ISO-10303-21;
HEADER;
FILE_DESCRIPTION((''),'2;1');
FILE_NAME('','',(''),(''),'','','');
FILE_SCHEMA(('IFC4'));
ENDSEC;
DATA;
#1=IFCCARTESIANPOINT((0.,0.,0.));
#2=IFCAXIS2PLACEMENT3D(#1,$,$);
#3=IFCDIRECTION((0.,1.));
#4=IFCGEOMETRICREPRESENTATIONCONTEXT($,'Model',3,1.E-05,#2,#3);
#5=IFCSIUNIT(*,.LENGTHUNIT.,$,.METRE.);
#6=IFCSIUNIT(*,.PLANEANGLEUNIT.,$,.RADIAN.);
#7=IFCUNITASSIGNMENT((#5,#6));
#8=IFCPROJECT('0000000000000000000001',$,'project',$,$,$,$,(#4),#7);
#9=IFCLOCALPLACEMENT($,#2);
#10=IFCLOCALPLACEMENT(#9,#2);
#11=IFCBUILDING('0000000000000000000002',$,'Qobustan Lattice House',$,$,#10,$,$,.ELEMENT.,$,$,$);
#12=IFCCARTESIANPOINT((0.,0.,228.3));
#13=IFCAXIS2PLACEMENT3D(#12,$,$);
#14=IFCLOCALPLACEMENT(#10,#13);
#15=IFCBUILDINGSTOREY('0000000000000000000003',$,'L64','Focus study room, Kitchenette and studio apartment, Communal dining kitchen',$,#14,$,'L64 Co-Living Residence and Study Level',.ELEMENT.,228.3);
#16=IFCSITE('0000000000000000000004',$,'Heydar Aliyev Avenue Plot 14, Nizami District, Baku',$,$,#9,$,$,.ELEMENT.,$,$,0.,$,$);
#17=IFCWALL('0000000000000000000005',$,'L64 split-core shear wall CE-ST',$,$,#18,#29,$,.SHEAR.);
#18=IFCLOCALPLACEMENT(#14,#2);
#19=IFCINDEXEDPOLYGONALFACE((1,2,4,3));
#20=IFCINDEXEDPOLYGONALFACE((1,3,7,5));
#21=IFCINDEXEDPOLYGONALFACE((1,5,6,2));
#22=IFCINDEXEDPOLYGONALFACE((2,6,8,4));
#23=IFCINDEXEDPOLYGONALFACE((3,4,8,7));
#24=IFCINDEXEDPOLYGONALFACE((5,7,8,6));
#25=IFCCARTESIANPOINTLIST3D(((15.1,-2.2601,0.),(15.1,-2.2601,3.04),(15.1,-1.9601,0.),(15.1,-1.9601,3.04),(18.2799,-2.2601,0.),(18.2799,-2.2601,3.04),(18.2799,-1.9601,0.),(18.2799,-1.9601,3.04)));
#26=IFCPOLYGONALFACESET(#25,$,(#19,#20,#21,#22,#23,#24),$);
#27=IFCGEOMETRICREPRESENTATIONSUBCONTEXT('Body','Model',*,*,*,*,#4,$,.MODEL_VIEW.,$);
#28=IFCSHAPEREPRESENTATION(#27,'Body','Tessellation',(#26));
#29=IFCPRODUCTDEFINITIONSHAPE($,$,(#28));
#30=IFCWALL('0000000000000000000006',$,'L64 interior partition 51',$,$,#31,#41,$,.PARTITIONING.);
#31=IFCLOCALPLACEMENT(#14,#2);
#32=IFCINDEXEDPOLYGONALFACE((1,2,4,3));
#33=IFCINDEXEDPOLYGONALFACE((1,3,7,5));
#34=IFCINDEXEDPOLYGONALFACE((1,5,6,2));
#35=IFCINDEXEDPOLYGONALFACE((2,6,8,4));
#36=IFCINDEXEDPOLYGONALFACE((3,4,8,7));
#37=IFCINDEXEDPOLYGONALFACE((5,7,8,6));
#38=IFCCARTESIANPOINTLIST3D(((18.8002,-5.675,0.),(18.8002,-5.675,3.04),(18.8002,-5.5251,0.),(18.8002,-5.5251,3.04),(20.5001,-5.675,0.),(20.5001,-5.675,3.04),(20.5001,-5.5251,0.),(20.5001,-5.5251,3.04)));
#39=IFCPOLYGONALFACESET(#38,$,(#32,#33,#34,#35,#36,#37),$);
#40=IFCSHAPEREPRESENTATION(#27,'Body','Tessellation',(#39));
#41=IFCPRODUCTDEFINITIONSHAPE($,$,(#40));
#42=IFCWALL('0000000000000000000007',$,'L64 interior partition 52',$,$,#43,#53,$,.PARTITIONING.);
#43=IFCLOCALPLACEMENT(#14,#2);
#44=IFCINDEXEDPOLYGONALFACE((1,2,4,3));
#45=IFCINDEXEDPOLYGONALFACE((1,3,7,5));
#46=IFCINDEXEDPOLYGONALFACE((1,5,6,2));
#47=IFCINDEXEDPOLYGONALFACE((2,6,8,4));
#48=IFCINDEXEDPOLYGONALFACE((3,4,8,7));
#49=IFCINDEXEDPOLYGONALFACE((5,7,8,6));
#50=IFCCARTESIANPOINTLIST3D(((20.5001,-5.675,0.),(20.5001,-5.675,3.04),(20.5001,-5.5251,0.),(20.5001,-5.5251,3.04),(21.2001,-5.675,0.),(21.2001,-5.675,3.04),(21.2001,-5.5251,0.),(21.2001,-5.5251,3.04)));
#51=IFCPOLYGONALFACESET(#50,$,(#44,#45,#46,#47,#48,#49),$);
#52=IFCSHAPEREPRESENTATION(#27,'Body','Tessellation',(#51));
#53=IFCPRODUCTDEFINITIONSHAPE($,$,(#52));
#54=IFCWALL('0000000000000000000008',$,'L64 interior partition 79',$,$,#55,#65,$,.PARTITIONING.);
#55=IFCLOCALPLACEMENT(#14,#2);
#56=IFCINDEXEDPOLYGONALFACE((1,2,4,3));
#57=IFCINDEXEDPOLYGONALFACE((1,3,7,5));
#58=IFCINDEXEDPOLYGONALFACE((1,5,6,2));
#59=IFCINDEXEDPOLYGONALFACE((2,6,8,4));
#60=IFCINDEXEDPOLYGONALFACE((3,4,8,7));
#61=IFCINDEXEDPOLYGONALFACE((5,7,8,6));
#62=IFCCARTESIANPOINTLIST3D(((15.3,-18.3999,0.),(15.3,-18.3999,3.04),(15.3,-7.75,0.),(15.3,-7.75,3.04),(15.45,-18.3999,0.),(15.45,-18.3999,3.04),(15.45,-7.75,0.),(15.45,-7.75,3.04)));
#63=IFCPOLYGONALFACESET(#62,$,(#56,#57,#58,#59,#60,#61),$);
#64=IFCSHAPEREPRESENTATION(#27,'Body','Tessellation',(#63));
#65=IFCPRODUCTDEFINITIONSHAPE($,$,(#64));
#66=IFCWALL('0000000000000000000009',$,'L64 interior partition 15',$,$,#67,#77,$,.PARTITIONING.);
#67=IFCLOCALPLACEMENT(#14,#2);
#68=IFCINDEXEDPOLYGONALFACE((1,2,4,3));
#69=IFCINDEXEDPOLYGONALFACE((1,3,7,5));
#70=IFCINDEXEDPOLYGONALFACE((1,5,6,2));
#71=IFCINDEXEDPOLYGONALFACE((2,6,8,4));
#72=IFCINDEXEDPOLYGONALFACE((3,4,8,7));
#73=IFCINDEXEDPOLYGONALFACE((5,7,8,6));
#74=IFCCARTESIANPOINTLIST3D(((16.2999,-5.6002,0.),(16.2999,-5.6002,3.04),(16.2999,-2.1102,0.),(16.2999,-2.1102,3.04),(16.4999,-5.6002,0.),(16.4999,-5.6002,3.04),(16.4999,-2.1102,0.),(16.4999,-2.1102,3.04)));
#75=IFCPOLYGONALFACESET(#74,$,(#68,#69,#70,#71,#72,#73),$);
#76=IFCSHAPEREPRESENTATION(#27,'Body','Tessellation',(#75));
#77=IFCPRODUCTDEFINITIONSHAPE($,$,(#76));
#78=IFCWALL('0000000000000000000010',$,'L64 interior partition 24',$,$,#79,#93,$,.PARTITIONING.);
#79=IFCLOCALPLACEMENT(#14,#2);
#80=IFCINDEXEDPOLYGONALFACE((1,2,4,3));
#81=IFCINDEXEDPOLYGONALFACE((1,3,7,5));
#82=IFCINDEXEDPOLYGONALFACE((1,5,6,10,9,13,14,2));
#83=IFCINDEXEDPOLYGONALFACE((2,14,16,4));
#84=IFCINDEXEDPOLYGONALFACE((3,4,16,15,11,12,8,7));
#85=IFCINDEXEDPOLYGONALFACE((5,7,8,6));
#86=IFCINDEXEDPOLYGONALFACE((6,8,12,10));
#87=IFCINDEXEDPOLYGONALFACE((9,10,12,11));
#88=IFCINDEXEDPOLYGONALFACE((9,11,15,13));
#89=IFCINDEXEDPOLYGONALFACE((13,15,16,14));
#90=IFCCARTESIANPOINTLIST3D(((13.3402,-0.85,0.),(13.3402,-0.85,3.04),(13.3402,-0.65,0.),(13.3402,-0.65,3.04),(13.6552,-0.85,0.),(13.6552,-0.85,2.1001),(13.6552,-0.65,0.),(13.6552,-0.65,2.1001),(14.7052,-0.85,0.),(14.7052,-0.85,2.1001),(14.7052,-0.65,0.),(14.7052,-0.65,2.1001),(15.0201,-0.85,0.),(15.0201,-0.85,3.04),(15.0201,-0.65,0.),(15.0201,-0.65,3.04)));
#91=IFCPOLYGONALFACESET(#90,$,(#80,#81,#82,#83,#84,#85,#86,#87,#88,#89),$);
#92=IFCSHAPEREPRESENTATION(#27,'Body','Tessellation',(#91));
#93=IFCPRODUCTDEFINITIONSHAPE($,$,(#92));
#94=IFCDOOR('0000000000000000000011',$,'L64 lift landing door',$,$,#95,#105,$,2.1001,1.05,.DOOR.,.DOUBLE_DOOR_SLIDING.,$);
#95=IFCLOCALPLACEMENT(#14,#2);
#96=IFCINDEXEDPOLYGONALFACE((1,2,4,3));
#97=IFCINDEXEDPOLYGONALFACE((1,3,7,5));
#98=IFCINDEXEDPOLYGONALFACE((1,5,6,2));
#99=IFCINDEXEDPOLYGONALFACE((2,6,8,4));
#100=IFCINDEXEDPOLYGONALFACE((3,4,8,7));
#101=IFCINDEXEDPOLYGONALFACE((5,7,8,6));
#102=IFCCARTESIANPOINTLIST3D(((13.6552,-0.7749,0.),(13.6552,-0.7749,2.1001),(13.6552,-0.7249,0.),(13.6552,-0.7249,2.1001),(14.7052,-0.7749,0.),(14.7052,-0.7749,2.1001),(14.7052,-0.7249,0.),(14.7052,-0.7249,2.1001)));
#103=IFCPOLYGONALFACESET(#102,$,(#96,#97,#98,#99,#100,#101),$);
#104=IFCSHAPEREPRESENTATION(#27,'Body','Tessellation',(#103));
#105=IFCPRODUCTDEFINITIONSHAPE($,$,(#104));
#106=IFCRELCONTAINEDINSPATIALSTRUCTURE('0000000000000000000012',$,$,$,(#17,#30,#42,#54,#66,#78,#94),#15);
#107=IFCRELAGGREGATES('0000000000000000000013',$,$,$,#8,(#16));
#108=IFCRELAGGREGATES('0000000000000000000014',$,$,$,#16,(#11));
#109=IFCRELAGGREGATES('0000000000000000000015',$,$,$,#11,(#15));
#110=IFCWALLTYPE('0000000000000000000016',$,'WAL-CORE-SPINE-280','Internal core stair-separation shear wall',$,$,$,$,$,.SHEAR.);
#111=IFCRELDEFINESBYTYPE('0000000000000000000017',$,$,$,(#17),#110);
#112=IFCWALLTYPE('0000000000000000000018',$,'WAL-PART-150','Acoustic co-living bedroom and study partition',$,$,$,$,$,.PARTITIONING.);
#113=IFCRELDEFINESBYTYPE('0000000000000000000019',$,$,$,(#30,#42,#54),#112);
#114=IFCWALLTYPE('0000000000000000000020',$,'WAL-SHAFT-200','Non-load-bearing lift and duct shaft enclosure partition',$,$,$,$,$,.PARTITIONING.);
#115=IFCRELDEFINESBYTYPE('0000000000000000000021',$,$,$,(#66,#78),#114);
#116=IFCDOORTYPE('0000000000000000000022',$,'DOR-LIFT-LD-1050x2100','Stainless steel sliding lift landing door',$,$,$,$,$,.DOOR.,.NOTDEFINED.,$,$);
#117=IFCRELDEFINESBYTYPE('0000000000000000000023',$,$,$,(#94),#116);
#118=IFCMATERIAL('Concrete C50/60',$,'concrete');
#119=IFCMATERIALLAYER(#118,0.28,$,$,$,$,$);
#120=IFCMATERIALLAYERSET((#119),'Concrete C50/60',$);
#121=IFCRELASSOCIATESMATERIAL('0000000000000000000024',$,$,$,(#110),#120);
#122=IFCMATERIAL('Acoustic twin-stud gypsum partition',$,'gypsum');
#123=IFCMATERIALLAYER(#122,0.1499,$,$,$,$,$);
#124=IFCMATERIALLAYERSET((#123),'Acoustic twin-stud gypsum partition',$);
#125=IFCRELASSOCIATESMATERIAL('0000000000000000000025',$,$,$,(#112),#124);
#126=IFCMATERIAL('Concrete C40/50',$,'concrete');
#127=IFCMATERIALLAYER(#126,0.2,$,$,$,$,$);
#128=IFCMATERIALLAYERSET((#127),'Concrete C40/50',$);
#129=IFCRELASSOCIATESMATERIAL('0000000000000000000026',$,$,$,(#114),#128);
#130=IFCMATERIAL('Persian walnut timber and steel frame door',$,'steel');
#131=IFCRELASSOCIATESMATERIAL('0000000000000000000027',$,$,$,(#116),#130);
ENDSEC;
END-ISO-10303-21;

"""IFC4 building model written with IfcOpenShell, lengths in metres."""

from ifc_helpers import new_model, si_unit, direction, frame, frame_2d, origin, place, context, subcontext, project, spatial, rectangle, extrude, material, layer, layer_set, type_object, element, fill, save


model = new_model("IFC4")

# Units and contexts
model_context = context("Model", 3, precision=1e-05, world=origin(), true_north=direction((0.0, 1.0)))
body_context = subcontext(model_context, "Body", "Model", "MODEL_VIEW")
ifc_project = project(units=[si_unit("LENGTHUNIT", "METRE"), si_unit("PLANEANGLEUNIT", "RADIAN")], contexts=[model_context])

# Site, building, storey
site_placement = place(None, origin())
site = spatial("IfcSite", under=ifc_project, at=site_placement, Name="Heydar Aliyev Avenue Plot 14, Nizami District, Baku", CompositionType="ELEMENT", RefElevation=0.0)
building_placement = place(site_placement, origin())
building = spatial("IfcBuilding", under=site, at=building_placement, Name="Qobustan Lattice House", CompositionType="ELEMENT")
storey_placement = place(building_placement, frame((0.0, 0.0, 228.3)))
storey = spatial("IfcBuildingStorey", under=building, at=storey_placement, Name="L64", Description="Focus study room, Kitchenette and studio apartment, Communal dining kitchen", LongName="L64 Co-Living Residence and Study Level", CompositionType="ELEMENT", Elevation=228.3)

# Walls
ifc_material_1 = material(Name="Concrete C50/60", Category="concrete")
ifc_layer_1 = layer(ifc_material_1, 0.28)
ifc_layer_set_1 = layer_set([ifc_layer_1], Name="Concrete C50/60")
wall_type_1 = type_object("IfcWallType", Name="WAL-CORE-SPINE-280", Description="Internal core stair-separation shear wall", PredefinedType="SHEAR", material=ifc_layer_set_1)
wall_1_placement = place(storey_placement, frame((15.1001, -2.1101, 0.0), z_axis=(0.0, 0.0, 1.0), x_axis=(1.0, 0.0, 0.0)))
element("IfcWall", 1, at=wall_1_placement, inside=storey, type_object=wall_type_1, Name="L64 split-core shear wall CE-ST", PredefinedType="SHEAR", context=body_context, shape_type="SweptSolid", body=[
    extrude(rectangle(XDim=3.1799, YDim=0.3, at=frame_2d((1.5898, 0.0))), origin(), (0.0, 0.0, 1.0), 3.04),
])
ifc_material_2 = material(Name="Acoustic twin-stud gypsum partition", Category="gypsum")
ifc_layer_2 = layer(ifc_material_2, 0.1499)
ifc_layer_set_2 = layer_set([ifc_layer_2], Name="Acoustic twin-stud gypsum partition")
wall_type_2 = type_object("IfcWallType", Name="WAL-PART-150", Description="Acoustic co-living bedroom and study partition", PredefinedType="PARTITIONING", material=ifc_layer_set_2)
wall_2_placement = place(storey_placement, frame((18.8, -5.6001, 0.0), z_axis=(0.0, 0.0, 1.0), x_axis=(1.0, 0.0, 0.0)))
element("IfcWall", 2, at=wall_2_placement, inside=storey, type_object=wall_type_2, Name="L64 interior partition 51", PredefinedType="PARTITIONING", context=body_context, shape_type="SweptSolid", body=[
    extrude(rectangle(XDim=1.7, YDim=0.1499, at=frame_2d((0.8501, 0.0))), origin(), (0.0, 0.0, 1.0), 3.04),
])
wall_3_placement = place(storey_placement, frame((20.5, -5.6001, 0.0), z_axis=(0.0, 0.0, 1.0), x_axis=(1.0, 0.0, 0.0)))
element("IfcWall", 3, at=wall_3_placement, inside=storey, type_object=wall_type_2, Name="L64 interior partition 52", PredefinedType="PARTITIONING", context=body_context, shape_type="SweptSolid", body=[
    extrude(rectangle(XDim=0.7, YDim=0.1499, at=frame_2d((0.3501, 0.0))), origin(), (0.0, 0.0, 1.0), 3.04),
])

# Walls
wall_4_placement = place(storey_placement, frame((15.375, -7.75, 0.0), z_axis=(0.0, 0.0, 1.0), x_axis=(0.0, -1.0, 0.0)))
element("IfcWall", 4, at=wall_4_placement, inside=storey, type_object=wall_type_2, Name="L64 interior partition 79", PredefinedType="PARTITIONING", context=body_context, shape_type="SweptSolid", body=[
    extrude(rectangle(XDim=10.6499, YDim=0.1499, at=frame_2d((5.325, 0.0))), origin(), (0.0, 0.0, 1.0), 3.04),
])
ifc_material_3 = material(Name="Concrete C40/50", Category="concrete")
ifc_layer_3 = layer(ifc_material_3, 0.2)
ifc_layer_set_3 = layer_set([ifc_layer_3], Name="Concrete C40/50")
wall_type_3 = type_object("IfcWallType", Name="WAL-SHAFT-200", Description="Non-load-bearing lift and duct shaft enclosure partition", PredefinedType="PARTITIONING", material=ifc_layer_set_3)
wall_5_placement = place(storey_placement, frame((16.3999, -2.1101, 0.0), z_axis=(0.0, 0.0, 1.0), x_axis=(0.0, -1.0, 0.0)))
element("IfcWall", 5, at=wall_5_placement, inside=storey, type_object=wall_type_3, Name="L64 interior partition 15", PredefinedType="PARTITIONING", context=body_context, shape_type="SweptSolid", body=[
    extrude(rectangle(XDim=3.49, YDim=0.2, at=frame_2d((1.7451, 0.0))), origin(), (0.0, 0.0, 1.0), 3.04),
])

# Wall, opening, door
wall_6_placement = place(storey_placement, frame((15.02, -0.75, 0.0), z_axis=(0.0, 0.0, 1.0), x_axis=(-1.0, 0.0, 0.0)))
wall_6 = element("IfcWall", 6, at=wall_6_placement, inside=storey, type_object=wall_type_3, Name="L64 interior partition 24", PredefinedType="PARTITIONING", context=body_context, shape_type="SweptSolid", body=[
    extrude(rectangle(XDim=1.6799, YDim=0.2, at=frame_2d((0.8398, 0.0))), origin(), (0.0, 0.0, 1.0), 3.04),
])
opening_1_placement = place(wall_6_placement, frame((0.3149, 0.0, 0.0)))
opening_1 = element("IfcOpeningElement", 7, at=opening_1_placement, cuts=wall_6, PredefinedType="OPENING", context=body_context, shape_type="SweptSolid", body=[
    extrude(rectangle(XDim=1.05, YDim=2.1001, at=frame_2d((0.5249, 1.05))), frame((0.0, 0.1099, 0.0), z_axis=(0.0, -1.0, 0.0), x_axis=(1.0, 0.0, 0.0)), (0.0, 0.0, 1.0), 0.22),
])
ifc_material_4 = material(Name="Persian walnut timber and steel frame door", Category="steel")
door_type_1 = type_object("IfcDoorType", Name="DOR-LIFT-LD-1050x2100", Description="Stainless steel sliding lift landing door", OperationType="NOTDEFINED", PredefinedType="DOOR", material=ifc_material_4)
door_1_placement = place(opening_1_placement, origin())
door_1 = element("IfcDoor", 8, at=door_1_placement, inside=storey, type_object=door_type_1, Name="L64 lift landing door", OperationType="DOUBLE_DOOR_SLIDING", OverallHeight=2.1001, OverallWidth=1.05, PredefinedType="DOOR", context=body_context, shape_type="SweptSolid", body=[
    extrude(rectangle(XDim=1.05, YDim=2.1001, at=frame_2d((0.5249, 1.05))), frame((0.0, 0.0249, 0.0), z_axis=(0.0, -1.0, 0.0), x_axis=(1.0, 0.0, 0.0)), (0.0, 0.0, 1.0), 0.05),
])
fill(opening_1, door_1)

save(model, "model.ifc")
